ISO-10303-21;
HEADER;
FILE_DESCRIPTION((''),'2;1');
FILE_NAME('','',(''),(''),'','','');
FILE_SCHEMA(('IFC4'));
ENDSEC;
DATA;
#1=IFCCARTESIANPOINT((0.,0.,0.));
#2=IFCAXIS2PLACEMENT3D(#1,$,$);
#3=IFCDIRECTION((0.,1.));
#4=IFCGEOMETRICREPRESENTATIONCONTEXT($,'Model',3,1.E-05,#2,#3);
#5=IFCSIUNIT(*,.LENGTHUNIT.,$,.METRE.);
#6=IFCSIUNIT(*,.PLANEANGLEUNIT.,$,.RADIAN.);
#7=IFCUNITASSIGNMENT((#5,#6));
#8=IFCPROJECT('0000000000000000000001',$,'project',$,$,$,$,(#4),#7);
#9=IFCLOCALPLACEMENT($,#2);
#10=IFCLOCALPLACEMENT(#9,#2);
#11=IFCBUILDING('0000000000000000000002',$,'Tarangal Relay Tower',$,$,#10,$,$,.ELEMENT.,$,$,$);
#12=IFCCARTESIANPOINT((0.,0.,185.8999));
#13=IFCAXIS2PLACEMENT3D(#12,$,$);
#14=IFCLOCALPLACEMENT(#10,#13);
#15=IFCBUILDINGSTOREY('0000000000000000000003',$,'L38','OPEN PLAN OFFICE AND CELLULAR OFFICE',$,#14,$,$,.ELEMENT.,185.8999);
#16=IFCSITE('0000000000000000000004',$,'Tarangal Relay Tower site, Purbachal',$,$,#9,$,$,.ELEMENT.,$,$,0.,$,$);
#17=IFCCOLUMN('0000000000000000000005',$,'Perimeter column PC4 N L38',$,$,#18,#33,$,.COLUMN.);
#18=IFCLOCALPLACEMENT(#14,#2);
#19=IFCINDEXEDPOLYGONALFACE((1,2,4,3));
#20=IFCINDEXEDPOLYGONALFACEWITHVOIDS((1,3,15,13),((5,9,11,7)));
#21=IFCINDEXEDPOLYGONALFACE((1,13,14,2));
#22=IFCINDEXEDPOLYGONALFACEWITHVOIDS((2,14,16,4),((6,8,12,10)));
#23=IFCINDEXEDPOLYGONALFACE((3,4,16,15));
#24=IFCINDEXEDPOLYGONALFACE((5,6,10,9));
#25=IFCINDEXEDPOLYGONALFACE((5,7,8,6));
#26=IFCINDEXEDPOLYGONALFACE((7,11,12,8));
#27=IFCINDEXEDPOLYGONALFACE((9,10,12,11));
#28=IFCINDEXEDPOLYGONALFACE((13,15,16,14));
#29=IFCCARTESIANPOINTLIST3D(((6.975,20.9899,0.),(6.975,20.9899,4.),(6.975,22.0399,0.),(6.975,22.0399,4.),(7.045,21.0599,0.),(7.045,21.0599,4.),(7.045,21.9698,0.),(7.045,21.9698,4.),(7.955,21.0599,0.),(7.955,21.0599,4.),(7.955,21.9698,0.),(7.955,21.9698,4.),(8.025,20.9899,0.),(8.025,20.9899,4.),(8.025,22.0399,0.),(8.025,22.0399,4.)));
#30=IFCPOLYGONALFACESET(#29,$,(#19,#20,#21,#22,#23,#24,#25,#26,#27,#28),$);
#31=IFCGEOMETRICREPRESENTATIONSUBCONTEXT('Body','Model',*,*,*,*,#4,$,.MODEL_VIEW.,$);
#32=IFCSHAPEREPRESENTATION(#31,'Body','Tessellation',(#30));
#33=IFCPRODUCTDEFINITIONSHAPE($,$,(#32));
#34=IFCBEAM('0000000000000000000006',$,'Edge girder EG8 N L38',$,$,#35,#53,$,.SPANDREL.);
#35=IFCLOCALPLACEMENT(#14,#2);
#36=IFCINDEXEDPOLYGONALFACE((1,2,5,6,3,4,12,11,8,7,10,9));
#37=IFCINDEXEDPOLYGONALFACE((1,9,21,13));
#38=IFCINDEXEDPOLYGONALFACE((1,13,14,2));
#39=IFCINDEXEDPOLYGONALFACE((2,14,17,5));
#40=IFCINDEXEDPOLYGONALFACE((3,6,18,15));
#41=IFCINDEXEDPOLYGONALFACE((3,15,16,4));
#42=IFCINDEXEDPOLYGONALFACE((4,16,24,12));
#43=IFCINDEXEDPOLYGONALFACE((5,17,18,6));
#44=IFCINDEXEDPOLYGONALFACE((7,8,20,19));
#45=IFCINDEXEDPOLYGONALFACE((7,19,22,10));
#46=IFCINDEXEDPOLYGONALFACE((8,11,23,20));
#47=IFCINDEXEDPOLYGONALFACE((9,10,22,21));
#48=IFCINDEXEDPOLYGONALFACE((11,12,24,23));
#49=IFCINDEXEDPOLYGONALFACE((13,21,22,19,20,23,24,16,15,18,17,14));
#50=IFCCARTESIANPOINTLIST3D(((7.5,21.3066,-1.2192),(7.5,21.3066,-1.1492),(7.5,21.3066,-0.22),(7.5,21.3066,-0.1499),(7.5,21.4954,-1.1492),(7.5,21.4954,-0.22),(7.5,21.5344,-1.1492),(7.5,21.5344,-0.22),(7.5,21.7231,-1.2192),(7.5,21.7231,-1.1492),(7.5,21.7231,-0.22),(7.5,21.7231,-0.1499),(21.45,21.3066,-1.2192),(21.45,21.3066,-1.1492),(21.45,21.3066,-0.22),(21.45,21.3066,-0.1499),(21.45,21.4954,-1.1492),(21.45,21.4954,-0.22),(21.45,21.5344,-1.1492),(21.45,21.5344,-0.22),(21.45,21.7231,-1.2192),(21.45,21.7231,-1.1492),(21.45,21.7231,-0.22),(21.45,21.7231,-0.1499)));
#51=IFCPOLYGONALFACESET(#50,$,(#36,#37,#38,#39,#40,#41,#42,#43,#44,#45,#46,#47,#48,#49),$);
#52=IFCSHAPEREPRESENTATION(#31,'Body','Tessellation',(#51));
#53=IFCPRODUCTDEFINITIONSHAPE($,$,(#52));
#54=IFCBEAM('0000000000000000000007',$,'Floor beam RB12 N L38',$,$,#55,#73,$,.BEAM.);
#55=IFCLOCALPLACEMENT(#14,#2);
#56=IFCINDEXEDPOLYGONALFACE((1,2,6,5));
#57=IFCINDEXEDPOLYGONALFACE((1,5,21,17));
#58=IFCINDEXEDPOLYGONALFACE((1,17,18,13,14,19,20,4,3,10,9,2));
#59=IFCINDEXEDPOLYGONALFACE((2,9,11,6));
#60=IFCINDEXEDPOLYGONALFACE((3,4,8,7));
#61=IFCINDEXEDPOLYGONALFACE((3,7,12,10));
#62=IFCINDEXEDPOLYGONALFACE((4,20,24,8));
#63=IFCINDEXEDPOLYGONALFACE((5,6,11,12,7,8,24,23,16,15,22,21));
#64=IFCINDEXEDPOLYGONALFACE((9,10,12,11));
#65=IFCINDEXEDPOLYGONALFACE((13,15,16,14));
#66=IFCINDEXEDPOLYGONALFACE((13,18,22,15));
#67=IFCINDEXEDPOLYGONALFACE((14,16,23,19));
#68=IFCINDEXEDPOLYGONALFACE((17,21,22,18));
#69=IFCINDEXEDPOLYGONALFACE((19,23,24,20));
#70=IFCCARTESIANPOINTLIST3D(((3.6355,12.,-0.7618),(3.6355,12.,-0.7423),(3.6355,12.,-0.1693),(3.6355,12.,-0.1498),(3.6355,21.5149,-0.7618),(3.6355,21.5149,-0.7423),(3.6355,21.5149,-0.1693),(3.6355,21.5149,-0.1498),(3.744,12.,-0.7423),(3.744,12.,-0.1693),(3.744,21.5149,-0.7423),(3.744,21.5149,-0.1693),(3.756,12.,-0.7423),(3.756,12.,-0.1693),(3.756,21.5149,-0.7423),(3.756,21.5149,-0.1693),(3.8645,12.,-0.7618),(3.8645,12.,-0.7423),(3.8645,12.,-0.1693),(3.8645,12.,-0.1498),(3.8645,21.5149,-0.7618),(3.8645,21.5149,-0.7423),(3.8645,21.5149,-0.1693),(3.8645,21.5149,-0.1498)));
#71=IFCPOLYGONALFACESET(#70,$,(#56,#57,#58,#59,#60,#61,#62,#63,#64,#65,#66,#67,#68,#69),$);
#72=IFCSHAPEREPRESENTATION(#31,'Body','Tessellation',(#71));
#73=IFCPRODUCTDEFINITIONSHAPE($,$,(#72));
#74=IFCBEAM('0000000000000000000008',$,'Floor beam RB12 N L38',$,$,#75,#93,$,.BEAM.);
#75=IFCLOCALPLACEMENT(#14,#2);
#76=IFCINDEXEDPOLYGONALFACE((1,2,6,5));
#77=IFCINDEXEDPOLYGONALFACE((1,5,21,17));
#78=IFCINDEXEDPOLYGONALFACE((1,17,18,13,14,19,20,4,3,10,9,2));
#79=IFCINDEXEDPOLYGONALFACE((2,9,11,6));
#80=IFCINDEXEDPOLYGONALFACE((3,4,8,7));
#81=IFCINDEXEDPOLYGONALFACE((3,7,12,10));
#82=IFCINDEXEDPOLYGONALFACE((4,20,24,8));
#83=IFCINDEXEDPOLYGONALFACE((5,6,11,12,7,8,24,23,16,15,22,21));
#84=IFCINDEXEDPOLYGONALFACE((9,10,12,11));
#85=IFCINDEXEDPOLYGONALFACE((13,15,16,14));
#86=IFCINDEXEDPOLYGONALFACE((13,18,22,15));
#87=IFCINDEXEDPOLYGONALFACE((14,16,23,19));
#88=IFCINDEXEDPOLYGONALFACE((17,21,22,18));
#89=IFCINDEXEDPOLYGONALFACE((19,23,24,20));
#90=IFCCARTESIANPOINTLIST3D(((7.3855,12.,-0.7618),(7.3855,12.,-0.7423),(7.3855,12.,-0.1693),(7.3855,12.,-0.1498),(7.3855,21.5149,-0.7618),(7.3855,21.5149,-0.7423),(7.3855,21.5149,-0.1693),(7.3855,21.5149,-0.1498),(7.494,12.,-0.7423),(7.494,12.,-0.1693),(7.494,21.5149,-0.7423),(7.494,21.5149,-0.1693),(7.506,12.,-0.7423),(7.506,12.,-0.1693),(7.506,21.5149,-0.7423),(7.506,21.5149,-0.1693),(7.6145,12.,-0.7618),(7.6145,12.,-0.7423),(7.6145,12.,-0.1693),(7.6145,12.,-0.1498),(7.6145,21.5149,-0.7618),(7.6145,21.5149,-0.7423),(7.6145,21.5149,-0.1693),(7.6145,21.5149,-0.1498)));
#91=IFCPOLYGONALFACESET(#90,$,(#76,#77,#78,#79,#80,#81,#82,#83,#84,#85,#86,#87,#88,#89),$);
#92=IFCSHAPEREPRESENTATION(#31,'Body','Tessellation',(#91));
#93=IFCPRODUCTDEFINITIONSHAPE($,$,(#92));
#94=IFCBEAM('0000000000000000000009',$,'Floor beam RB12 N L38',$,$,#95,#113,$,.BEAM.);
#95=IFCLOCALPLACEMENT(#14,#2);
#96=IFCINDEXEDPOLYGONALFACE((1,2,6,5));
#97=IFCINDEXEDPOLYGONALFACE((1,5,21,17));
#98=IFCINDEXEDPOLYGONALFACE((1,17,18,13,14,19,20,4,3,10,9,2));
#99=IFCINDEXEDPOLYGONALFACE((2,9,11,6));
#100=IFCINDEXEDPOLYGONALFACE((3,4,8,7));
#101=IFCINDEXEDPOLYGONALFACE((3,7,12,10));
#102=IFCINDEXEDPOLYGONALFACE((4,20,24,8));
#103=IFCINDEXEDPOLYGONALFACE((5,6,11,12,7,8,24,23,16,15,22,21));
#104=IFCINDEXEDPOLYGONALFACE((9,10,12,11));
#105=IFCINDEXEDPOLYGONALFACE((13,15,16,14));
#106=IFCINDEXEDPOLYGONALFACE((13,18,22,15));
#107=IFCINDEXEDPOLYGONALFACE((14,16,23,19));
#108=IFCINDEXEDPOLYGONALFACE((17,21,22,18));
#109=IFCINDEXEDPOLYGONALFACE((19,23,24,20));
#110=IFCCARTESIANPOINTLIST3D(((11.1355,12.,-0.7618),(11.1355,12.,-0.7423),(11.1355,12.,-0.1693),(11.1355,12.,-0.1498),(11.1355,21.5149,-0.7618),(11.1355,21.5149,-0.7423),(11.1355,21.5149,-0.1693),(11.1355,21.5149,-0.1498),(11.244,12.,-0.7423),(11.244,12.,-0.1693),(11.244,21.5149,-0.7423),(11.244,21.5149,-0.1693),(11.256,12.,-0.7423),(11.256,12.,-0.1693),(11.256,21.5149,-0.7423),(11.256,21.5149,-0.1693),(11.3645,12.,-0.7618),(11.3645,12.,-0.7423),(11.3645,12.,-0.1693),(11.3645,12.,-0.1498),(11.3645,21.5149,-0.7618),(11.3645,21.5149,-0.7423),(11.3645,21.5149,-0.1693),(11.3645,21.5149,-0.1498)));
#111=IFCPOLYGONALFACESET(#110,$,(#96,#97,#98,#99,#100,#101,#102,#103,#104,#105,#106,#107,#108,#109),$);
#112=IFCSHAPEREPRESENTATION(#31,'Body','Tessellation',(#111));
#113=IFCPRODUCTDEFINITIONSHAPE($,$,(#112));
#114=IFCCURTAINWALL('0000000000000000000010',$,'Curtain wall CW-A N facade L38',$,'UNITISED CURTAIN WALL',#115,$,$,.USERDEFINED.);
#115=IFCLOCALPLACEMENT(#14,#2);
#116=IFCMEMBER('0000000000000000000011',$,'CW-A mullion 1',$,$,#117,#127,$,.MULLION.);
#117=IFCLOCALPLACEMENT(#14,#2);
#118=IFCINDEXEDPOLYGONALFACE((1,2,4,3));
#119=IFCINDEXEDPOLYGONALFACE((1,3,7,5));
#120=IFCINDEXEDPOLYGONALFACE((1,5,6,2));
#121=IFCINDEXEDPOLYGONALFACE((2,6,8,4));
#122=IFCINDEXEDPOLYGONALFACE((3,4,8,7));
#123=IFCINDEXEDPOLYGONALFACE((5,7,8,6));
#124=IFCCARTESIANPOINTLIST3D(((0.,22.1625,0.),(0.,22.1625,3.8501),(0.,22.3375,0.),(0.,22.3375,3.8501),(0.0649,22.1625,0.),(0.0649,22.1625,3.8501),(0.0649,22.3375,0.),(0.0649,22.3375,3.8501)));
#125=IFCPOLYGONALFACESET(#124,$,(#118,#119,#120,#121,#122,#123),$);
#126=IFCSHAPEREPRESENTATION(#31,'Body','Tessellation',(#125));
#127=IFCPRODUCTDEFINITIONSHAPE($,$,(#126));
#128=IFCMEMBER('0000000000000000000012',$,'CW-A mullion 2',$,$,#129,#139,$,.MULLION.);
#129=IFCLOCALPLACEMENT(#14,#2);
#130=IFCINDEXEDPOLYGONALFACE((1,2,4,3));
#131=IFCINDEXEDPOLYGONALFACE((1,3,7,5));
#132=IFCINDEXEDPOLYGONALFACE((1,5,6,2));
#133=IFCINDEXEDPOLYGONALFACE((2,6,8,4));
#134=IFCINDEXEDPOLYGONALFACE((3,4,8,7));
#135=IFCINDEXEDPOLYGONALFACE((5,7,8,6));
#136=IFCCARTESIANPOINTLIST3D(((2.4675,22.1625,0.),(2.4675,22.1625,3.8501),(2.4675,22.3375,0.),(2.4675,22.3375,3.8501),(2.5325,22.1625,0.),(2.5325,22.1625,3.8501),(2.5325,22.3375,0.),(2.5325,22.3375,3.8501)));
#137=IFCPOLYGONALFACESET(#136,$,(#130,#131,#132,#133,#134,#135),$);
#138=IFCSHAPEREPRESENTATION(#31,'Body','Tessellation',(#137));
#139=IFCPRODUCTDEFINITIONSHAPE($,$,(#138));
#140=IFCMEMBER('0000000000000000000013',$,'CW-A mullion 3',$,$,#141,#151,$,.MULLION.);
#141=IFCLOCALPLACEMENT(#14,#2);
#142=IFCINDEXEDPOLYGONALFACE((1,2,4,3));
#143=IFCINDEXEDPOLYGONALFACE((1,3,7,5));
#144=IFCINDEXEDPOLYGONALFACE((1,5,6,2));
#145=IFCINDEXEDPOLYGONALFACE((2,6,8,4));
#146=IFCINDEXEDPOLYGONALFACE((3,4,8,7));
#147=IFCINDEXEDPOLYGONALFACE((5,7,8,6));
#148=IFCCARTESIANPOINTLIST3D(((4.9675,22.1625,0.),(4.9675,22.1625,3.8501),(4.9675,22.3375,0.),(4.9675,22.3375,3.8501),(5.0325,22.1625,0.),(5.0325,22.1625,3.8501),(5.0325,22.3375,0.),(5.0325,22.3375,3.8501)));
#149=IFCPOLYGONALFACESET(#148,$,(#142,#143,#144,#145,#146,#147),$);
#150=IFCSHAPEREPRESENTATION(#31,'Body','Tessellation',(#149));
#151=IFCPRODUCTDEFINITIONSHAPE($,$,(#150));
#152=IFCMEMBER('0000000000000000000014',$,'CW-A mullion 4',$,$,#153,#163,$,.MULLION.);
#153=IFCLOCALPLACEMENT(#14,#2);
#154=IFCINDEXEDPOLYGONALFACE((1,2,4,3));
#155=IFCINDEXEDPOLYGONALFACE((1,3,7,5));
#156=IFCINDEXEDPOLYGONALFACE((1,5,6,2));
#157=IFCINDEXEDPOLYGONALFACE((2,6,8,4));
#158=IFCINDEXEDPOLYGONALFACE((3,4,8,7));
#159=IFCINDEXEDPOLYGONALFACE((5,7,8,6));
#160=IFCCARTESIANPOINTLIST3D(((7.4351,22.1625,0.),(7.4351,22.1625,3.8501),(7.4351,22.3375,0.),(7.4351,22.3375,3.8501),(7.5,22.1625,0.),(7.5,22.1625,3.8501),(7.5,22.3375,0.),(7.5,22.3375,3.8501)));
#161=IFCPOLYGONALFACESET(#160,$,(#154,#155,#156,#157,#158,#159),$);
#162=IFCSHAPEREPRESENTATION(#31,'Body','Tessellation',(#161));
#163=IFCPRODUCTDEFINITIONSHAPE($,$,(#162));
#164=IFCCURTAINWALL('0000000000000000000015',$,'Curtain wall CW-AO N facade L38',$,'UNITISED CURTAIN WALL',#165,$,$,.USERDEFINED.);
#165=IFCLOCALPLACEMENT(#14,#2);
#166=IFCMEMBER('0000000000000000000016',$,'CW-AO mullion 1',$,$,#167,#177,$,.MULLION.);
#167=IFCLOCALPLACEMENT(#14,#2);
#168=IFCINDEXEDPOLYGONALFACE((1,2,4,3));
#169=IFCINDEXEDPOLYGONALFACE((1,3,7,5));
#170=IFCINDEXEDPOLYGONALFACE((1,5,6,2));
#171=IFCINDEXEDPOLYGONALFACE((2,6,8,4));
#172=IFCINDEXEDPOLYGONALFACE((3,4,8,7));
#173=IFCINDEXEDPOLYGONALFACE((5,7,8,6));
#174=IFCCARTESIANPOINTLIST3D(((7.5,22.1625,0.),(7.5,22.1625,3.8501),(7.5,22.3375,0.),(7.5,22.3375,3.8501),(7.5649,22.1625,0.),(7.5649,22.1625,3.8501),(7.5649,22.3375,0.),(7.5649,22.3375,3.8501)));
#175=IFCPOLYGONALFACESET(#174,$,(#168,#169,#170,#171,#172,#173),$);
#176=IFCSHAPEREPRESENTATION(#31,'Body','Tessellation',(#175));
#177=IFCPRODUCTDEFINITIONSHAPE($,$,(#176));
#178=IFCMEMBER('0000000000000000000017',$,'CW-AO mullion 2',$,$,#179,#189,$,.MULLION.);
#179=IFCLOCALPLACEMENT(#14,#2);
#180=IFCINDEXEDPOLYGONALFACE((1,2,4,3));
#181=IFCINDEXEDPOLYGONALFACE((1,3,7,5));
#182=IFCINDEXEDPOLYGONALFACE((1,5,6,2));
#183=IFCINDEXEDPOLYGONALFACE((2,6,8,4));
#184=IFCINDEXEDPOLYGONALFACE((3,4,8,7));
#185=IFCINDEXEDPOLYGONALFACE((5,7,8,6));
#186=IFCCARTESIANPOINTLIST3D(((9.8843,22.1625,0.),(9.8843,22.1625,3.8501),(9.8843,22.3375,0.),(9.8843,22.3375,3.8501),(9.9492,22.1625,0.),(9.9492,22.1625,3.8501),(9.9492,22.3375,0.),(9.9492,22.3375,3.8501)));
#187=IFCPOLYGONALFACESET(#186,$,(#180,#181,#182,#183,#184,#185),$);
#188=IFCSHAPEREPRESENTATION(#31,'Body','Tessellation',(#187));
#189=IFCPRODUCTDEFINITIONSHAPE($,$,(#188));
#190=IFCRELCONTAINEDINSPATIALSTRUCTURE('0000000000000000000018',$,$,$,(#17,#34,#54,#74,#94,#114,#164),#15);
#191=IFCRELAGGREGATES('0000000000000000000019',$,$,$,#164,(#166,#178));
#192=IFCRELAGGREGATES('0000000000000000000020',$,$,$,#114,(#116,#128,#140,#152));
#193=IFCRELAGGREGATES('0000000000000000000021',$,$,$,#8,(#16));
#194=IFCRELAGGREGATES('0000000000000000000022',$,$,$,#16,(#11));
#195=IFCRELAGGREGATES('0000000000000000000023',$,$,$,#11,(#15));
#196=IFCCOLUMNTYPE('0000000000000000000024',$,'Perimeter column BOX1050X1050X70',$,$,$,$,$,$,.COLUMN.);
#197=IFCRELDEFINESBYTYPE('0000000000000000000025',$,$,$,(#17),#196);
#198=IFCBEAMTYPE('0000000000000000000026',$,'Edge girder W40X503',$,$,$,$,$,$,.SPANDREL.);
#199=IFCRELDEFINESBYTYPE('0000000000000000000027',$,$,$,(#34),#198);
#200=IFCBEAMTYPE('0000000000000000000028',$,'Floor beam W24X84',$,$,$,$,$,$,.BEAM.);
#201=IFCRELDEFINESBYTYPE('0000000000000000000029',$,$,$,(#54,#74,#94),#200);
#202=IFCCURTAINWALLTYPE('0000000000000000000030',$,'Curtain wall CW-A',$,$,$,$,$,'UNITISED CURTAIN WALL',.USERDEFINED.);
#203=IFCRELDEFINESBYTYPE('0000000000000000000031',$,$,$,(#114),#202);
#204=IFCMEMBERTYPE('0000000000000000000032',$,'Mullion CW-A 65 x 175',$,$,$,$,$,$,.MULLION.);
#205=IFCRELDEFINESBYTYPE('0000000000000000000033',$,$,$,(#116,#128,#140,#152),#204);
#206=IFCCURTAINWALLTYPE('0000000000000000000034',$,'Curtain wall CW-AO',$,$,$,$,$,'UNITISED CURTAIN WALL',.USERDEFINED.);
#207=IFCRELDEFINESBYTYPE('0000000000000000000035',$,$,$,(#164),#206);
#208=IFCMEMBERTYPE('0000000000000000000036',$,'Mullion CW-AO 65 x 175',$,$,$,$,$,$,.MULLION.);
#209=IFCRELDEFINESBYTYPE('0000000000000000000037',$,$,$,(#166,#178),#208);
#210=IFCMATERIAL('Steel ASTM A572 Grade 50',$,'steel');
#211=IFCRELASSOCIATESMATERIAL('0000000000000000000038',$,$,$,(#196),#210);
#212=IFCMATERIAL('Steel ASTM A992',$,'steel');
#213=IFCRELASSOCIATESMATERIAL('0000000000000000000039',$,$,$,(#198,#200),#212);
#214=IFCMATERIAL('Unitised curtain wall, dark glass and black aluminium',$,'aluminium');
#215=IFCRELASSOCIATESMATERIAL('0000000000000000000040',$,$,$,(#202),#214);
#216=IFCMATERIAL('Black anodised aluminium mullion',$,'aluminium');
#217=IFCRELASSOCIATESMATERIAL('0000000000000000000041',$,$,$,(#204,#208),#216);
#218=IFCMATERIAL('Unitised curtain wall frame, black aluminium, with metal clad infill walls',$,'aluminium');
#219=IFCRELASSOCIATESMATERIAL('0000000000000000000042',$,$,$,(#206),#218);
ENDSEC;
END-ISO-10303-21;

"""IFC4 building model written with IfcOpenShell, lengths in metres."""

from ifc_helpers import new_model, si_unit, direction, frame, origin, origin_2d, place, context, subcontext, project, spatial, rectangle, hollow_rectangle, i_section, extrude, material, material_profile, profile_set, type_object, element, aggregate, save


model = new_model("IFC4")

# Units and contexts
model_context = context("Model", 3, precision=1e-05, world=origin(), true_north=direction((0.0, 1.0)))
body_context = subcontext(model_context, "Body", "Model", "MODEL_VIEW")
ifc_project = project(units=[si_unit("LENGTHUNIT", "METRE"), si_unit("PLANEANGLEUNIT", "RADIAN")], contexts=[model_context])

# Site, building, storey
site_placement = place(None, origin())
site = spatial("IfcSite", under=ifc_project, at=site_placement, Name="Tarangal Relay Tower site, Purbachal", CompositionType="ELEMENT", RefElevation=0.0)
building_placement = place(site_placement, origin())
building = spatial("IfcBuilding", under=site, at=building_placement, Name="Tarangal Relay Tower", CompositionType="ELEMENT")
storey_placement = place(building_placement, frame((0.0, 0.0, 185.8999)))
storey = spatial("IfcBuildingStorey", under=building, at=storey_placement, Name="L38", Description="OPEN PLAN OFFICE AND CELLULAR OFFICE", CompositionType="ELEMENT", Elevation=185.8999)

# Column
ifc_material_1 = material(Name="Steel ASTM A572 Grade 50", Category="steel")
ifc_material_profile_1 = material_profile(ifc_material_1, hollow_rectangle(XDim=1.05, YDim=1.05, WallThickness=0.0701, at=origin_2d()), Name="BOX1050X1050X70")
ifc_profile_set_1 = profile_set([ifc_material_profile_1], Name="Steel ASTM A572 Grade 50")
column_type = type_object("IfcColumnType", Name="Perimeter column BOX1050X1050X70", PredefinedType="COLUMN", material=ifc_profile_set_1)
column_placement = place(storey_placement, frame((7.5, 21.5149, 0.0), z_axis=(0.0, 0.0, 1.0), x_axis=(1.0, 0.0, 0.0)))
element("IfcColumn", 1, at=column_placement, inside=storey, type_object=column_type, Name="Perimeter column PC4 N L38", PredefinedType="COLUMN", context=body_context, shape_type="SweptSolid", body=[
    extrude(hollow_rectangle(XDim=1.05, YDim=1.05, WallThickness=0.0701, at=origin_2d()), origin(), (0.0, 0.0, 1.0), 4.0),
])

# Beams
ifc_material_2 = material(Name="Steel ASTM A992", Category="steel")
ifc_material_profile_2 = material_profile(ifc_material_2, i_section(OverallWidth=0.4165, OverallDepth=1.0693, WebThickness=0.0391, FlangeThickness=0.0701, at=origin_2d()), Name="W40X503")
ifc_profile_set_2 = profile_set([ifc_material_profile_2], Name="Steel ASTM A992")
beam_type_1 = type_object("IfcBeamType", Name="Edge girder W40X503", PredefinedType="SPANDREL", material=ifc_profile_set_2)
beam_placement = place(storey_placement, frame((7.5, 21.5149, -0.6846), z_axis=(1.0, 0.0, 0.0), x_axis=(0.0, 1.0, 0.0)))
element("IfcBeam", 2, at=beam_placement, inside=storey, type_object=beam_type_1, Name="Edge girder EG8 N L38", PredefinedType="SPANDREL", context=body_context, shape_type="SweptSolid", body=[
    extrude(i_section(OverallWidth=0.4165, OverallDepth=1.0693, WebThickness=0.0391, FlangeThickness=0.0701, at=origin_2d()), origin(), (0.0, 0.0, 1.0), 13.95),
])
ifc_material_profile_3 = material_profile(ifc_material_2, i_section(OverallWidth=0.229, OverallDepth=0.6121, WebThickness=0.012, FlangeThickness=0.0195, at=origin_2d()), Name="W24X84")
ifc_profile_set_3 = profile_set([ifc_material_profile_3], Name="Steel ASTM A992")
beam_type_2 = type_object("IfcBeamType", Name="Floor beam W24X84", PredefinedType="BEAM", material=ifc_profile_set_3)
for number, where, z_axis, x_axis, name in (
    (3, (3.75, 12.0, -0.4558), (0.0, 1.0, 0.0), (-1.0, 0.0, 0.0), "Floor beam RB12 N L38"),
    (4, (7.5, 12.0, -0.4558), (0.0, 1.0, 0.0), (-1.0, 0.0, 0.0), "Floor beam RB12 N L38"),
    (5, (11.25, 12.0, -0.4558), (0.0, 1.0, 0.0), (-1.0, 0.0, 0.0), "Floor beam RB12 N L38"),
):
    element("IfcBeam", number, at=place(storey_placement, frame(where, z_axis=z_axis, x_axis=x_axis)), inside=storey, type_object=beam_type_2, Name=name, PredefinedType="BEAM", context=body_context, shape_type="SweptSolid", body=[
        extrude(i_section(OverallWidth=0.229, OverallDepth=0.6121, WebThickness=0.012, FlangeThickness=0.0195, at=origin_2d()), origin(), (0.0, 0.0, 1.0), 9.5149),
    ])

# Curtain walls, members
ifc_material_3 = material(Name="Unitised curtain wall, dark glass and black aluminium", Category="aluminium")
curtain_wall_type_1 = type_object("IfcCurtainWallType", Name="Curtain wall CW-A", ElementType="UNITISED CURTAIN WALL", PredefinedType="USERDEFINED", material=ifc_material_3)
curtain_wall_1_placement = place(storey_placement, origin())
curtain_wall_1 = element("IfcCurtainWall", 6, at=curtain_wall_1_placement, inside=storey, type_object=curtain_wall_type_1, Name="Curtain wall CW-A N facade L38", ObjectType="UNITISED CURTAIN WALL", PredefinedType="USERDEFINED")
ifc_material_4 = material(Name="Black anodised aluminium mullion", Category="aluminium")
ifc_material_profile_4 = material_profile(ifc_material_4, rectangle(XDim=0.175, YDim=0.0649, at=origin_2d()), Name="CW-AM 65X175")
ifc_profile_set_4 = profile_set([ifc_material_profile_4], Name="Black anodised aluminium mullion")
member_type_1 = type_object("IfcMemberType", Name="Mullion CW-A 65 x 175", PredefinedType="MULLION", material=ifc_profile_set_4)
member_1_placement = place(storey_placement, frame((0.0325, 22.25, 0.0), z_axis=(0.0, 0.0, 1.0), x_axis=(0.0, 1.0, 0.0)))
member_1 = element("IfcMember", 7, at=member_1_placement, type_object=member_type_1, Name="CW-A mullion 1", PredefinedType="MULLION", context=body_context, shape_type="SweptSolid", body=[
    extrude(rectangle(XDim=0.175, YDim=0.0649, at=origin_2d()), origin(), (0.0, 0.0, 1.0), 3.8501),
])
member_2_placement = place(storey_placement, frame((2.5, 22.25, 0.0), z_axis=(0.0, 0.0, 1.0), x_axis=(0.0, 1.0, 0.0)))
member_2 = element("IfcMember", 8, at=member_2_placement, type_object=member_type_1, Name="CW-A mullion 2", PredefinedType="MULLION", context=body_context, shape_type="SweptSolid", body=[
    extrude(rectangle(XDim=0.175, YDim=0.0649, at=origin_2d()), origin(), (0.0, 0.0, 1.0), 3.8501),
])
member_3_placement = place(storey_placement, frame((5.0, 22.25, 0.0), z_axis=(0.0, 0.0, 1.0), x_axis=(0.0, 1.0, 0.0)))
member_3 = element("IfcMember", 9, at=member_3_placement, type_object=member_type_1, Name="CW-A mullion 3", PredefinedType="MULLION", context=body_context, shape_type="SweptSolid", body=[
    extrude(rectangle(XDim=0.175, YDim=0.0649, at=origin_2d()), origin(), (0.0, 0.0, 1.0), 3.8501),
])
member_4_placement = place(storey_placement, frame((7.4675, 22.25, 0.0), z_axis=(0.0, 0.0, 1.0), x_axis=(0.0, 1.0, 0.0)))
member_4 = element("IfcMember", 10, at=member_4_placement, type_object=member_type_1, Name="CW-A mullion 4", PredefinedType="MULLION", context=body_context, shape_type="SweptSolid", body=[
    extrude(rectangle(XDim=0.175, YDim=0.0649, at=origin_2d()), origin(), (0.0, 0.0, 1.0), 3.8501),
])
ifc_material_5 = material(Name="Unitised curtain wall frame, black aluminium, with metal clad infill walls", Category="aluminium")
curtain_wall_type_2 = type_object("IfcCurtainWallType", Name="Curtain wall CW-AO", ElementType="UNITISED CURTAIN WALL", PredefinedType="USERDEFINED", material=ifc_material_5)
curtain_wall_2_placement = place(storey_placement, origin())
curtain_wall_2 = element("IfcCurtainWall", 11, at=curtain_wall_2_placement, inside=storey, type_object=curtain_wall_type_2, Name="Curtain wall CW-AO N facade L38", ObjectType="UNITISED CURTAIN WALL", PredefinedType="USERDEFINED")
ifc_material_profile_5 = material_profile(ifc_material_4, rectangle(XDim=0.175, YDim=0.0649, at=origin_2d()), Name="CW-AOM 65X175")
ifc_profile_set_5 = profile_set([ifc_material_profile_5], Name="Black anodised aluminium mullion")
member_type_2 = type_object("IfcMemberType", Name="Mullion CW-AO 65 x 175", PredefinedType="MULLION", material=ifc_profile_set_5)
member_5_placement = place(storey_placement, frame((7.5325, 22.25, 0.0), z_axis=(0.0, 0.0, 1.0), x_axis=(0.0, 1.0, 0.0)))
member_5 = element("IfcMember", 12, at=member_5_placement, type_object=member_type_2, Name="CW-AO mullion 1", PredefinedType="MULLION", context=body_context, shape_type="SweptSolid", body=[
    extrude(rectangle(XDim=0.175, YDim=0.0649, at=origin_2d()), origin(), (0.0, 0.0, 1.0), 3.8501),
])
member_6_placement = place(storey_placement, frame((9.9167, 22.25, 0.0), z_axis=(0.0, 0.0, 1.0), x_axis=(0.0, 1.0, 0.0)))
member_6 = element("IfcMember", 13, at=member_6_placement, type_object=member_type_2, Name="CW-AO mullion 2", PredefinedType="MULLION", context=body_context, shape_type="SweptSolid", body=[
    extrude(rectangle(XDim=0.175, YDim=0.0649, at=origin_2d()), origin(), (0.0, 0.0, 1.0), 3.8501),
])

aggregate(curtain_wall_2, [member_5, member_6])

aggregate(curtain_wall_1, [member_1, member_2, member_3, member_4])

save(model, "model.ifc")
